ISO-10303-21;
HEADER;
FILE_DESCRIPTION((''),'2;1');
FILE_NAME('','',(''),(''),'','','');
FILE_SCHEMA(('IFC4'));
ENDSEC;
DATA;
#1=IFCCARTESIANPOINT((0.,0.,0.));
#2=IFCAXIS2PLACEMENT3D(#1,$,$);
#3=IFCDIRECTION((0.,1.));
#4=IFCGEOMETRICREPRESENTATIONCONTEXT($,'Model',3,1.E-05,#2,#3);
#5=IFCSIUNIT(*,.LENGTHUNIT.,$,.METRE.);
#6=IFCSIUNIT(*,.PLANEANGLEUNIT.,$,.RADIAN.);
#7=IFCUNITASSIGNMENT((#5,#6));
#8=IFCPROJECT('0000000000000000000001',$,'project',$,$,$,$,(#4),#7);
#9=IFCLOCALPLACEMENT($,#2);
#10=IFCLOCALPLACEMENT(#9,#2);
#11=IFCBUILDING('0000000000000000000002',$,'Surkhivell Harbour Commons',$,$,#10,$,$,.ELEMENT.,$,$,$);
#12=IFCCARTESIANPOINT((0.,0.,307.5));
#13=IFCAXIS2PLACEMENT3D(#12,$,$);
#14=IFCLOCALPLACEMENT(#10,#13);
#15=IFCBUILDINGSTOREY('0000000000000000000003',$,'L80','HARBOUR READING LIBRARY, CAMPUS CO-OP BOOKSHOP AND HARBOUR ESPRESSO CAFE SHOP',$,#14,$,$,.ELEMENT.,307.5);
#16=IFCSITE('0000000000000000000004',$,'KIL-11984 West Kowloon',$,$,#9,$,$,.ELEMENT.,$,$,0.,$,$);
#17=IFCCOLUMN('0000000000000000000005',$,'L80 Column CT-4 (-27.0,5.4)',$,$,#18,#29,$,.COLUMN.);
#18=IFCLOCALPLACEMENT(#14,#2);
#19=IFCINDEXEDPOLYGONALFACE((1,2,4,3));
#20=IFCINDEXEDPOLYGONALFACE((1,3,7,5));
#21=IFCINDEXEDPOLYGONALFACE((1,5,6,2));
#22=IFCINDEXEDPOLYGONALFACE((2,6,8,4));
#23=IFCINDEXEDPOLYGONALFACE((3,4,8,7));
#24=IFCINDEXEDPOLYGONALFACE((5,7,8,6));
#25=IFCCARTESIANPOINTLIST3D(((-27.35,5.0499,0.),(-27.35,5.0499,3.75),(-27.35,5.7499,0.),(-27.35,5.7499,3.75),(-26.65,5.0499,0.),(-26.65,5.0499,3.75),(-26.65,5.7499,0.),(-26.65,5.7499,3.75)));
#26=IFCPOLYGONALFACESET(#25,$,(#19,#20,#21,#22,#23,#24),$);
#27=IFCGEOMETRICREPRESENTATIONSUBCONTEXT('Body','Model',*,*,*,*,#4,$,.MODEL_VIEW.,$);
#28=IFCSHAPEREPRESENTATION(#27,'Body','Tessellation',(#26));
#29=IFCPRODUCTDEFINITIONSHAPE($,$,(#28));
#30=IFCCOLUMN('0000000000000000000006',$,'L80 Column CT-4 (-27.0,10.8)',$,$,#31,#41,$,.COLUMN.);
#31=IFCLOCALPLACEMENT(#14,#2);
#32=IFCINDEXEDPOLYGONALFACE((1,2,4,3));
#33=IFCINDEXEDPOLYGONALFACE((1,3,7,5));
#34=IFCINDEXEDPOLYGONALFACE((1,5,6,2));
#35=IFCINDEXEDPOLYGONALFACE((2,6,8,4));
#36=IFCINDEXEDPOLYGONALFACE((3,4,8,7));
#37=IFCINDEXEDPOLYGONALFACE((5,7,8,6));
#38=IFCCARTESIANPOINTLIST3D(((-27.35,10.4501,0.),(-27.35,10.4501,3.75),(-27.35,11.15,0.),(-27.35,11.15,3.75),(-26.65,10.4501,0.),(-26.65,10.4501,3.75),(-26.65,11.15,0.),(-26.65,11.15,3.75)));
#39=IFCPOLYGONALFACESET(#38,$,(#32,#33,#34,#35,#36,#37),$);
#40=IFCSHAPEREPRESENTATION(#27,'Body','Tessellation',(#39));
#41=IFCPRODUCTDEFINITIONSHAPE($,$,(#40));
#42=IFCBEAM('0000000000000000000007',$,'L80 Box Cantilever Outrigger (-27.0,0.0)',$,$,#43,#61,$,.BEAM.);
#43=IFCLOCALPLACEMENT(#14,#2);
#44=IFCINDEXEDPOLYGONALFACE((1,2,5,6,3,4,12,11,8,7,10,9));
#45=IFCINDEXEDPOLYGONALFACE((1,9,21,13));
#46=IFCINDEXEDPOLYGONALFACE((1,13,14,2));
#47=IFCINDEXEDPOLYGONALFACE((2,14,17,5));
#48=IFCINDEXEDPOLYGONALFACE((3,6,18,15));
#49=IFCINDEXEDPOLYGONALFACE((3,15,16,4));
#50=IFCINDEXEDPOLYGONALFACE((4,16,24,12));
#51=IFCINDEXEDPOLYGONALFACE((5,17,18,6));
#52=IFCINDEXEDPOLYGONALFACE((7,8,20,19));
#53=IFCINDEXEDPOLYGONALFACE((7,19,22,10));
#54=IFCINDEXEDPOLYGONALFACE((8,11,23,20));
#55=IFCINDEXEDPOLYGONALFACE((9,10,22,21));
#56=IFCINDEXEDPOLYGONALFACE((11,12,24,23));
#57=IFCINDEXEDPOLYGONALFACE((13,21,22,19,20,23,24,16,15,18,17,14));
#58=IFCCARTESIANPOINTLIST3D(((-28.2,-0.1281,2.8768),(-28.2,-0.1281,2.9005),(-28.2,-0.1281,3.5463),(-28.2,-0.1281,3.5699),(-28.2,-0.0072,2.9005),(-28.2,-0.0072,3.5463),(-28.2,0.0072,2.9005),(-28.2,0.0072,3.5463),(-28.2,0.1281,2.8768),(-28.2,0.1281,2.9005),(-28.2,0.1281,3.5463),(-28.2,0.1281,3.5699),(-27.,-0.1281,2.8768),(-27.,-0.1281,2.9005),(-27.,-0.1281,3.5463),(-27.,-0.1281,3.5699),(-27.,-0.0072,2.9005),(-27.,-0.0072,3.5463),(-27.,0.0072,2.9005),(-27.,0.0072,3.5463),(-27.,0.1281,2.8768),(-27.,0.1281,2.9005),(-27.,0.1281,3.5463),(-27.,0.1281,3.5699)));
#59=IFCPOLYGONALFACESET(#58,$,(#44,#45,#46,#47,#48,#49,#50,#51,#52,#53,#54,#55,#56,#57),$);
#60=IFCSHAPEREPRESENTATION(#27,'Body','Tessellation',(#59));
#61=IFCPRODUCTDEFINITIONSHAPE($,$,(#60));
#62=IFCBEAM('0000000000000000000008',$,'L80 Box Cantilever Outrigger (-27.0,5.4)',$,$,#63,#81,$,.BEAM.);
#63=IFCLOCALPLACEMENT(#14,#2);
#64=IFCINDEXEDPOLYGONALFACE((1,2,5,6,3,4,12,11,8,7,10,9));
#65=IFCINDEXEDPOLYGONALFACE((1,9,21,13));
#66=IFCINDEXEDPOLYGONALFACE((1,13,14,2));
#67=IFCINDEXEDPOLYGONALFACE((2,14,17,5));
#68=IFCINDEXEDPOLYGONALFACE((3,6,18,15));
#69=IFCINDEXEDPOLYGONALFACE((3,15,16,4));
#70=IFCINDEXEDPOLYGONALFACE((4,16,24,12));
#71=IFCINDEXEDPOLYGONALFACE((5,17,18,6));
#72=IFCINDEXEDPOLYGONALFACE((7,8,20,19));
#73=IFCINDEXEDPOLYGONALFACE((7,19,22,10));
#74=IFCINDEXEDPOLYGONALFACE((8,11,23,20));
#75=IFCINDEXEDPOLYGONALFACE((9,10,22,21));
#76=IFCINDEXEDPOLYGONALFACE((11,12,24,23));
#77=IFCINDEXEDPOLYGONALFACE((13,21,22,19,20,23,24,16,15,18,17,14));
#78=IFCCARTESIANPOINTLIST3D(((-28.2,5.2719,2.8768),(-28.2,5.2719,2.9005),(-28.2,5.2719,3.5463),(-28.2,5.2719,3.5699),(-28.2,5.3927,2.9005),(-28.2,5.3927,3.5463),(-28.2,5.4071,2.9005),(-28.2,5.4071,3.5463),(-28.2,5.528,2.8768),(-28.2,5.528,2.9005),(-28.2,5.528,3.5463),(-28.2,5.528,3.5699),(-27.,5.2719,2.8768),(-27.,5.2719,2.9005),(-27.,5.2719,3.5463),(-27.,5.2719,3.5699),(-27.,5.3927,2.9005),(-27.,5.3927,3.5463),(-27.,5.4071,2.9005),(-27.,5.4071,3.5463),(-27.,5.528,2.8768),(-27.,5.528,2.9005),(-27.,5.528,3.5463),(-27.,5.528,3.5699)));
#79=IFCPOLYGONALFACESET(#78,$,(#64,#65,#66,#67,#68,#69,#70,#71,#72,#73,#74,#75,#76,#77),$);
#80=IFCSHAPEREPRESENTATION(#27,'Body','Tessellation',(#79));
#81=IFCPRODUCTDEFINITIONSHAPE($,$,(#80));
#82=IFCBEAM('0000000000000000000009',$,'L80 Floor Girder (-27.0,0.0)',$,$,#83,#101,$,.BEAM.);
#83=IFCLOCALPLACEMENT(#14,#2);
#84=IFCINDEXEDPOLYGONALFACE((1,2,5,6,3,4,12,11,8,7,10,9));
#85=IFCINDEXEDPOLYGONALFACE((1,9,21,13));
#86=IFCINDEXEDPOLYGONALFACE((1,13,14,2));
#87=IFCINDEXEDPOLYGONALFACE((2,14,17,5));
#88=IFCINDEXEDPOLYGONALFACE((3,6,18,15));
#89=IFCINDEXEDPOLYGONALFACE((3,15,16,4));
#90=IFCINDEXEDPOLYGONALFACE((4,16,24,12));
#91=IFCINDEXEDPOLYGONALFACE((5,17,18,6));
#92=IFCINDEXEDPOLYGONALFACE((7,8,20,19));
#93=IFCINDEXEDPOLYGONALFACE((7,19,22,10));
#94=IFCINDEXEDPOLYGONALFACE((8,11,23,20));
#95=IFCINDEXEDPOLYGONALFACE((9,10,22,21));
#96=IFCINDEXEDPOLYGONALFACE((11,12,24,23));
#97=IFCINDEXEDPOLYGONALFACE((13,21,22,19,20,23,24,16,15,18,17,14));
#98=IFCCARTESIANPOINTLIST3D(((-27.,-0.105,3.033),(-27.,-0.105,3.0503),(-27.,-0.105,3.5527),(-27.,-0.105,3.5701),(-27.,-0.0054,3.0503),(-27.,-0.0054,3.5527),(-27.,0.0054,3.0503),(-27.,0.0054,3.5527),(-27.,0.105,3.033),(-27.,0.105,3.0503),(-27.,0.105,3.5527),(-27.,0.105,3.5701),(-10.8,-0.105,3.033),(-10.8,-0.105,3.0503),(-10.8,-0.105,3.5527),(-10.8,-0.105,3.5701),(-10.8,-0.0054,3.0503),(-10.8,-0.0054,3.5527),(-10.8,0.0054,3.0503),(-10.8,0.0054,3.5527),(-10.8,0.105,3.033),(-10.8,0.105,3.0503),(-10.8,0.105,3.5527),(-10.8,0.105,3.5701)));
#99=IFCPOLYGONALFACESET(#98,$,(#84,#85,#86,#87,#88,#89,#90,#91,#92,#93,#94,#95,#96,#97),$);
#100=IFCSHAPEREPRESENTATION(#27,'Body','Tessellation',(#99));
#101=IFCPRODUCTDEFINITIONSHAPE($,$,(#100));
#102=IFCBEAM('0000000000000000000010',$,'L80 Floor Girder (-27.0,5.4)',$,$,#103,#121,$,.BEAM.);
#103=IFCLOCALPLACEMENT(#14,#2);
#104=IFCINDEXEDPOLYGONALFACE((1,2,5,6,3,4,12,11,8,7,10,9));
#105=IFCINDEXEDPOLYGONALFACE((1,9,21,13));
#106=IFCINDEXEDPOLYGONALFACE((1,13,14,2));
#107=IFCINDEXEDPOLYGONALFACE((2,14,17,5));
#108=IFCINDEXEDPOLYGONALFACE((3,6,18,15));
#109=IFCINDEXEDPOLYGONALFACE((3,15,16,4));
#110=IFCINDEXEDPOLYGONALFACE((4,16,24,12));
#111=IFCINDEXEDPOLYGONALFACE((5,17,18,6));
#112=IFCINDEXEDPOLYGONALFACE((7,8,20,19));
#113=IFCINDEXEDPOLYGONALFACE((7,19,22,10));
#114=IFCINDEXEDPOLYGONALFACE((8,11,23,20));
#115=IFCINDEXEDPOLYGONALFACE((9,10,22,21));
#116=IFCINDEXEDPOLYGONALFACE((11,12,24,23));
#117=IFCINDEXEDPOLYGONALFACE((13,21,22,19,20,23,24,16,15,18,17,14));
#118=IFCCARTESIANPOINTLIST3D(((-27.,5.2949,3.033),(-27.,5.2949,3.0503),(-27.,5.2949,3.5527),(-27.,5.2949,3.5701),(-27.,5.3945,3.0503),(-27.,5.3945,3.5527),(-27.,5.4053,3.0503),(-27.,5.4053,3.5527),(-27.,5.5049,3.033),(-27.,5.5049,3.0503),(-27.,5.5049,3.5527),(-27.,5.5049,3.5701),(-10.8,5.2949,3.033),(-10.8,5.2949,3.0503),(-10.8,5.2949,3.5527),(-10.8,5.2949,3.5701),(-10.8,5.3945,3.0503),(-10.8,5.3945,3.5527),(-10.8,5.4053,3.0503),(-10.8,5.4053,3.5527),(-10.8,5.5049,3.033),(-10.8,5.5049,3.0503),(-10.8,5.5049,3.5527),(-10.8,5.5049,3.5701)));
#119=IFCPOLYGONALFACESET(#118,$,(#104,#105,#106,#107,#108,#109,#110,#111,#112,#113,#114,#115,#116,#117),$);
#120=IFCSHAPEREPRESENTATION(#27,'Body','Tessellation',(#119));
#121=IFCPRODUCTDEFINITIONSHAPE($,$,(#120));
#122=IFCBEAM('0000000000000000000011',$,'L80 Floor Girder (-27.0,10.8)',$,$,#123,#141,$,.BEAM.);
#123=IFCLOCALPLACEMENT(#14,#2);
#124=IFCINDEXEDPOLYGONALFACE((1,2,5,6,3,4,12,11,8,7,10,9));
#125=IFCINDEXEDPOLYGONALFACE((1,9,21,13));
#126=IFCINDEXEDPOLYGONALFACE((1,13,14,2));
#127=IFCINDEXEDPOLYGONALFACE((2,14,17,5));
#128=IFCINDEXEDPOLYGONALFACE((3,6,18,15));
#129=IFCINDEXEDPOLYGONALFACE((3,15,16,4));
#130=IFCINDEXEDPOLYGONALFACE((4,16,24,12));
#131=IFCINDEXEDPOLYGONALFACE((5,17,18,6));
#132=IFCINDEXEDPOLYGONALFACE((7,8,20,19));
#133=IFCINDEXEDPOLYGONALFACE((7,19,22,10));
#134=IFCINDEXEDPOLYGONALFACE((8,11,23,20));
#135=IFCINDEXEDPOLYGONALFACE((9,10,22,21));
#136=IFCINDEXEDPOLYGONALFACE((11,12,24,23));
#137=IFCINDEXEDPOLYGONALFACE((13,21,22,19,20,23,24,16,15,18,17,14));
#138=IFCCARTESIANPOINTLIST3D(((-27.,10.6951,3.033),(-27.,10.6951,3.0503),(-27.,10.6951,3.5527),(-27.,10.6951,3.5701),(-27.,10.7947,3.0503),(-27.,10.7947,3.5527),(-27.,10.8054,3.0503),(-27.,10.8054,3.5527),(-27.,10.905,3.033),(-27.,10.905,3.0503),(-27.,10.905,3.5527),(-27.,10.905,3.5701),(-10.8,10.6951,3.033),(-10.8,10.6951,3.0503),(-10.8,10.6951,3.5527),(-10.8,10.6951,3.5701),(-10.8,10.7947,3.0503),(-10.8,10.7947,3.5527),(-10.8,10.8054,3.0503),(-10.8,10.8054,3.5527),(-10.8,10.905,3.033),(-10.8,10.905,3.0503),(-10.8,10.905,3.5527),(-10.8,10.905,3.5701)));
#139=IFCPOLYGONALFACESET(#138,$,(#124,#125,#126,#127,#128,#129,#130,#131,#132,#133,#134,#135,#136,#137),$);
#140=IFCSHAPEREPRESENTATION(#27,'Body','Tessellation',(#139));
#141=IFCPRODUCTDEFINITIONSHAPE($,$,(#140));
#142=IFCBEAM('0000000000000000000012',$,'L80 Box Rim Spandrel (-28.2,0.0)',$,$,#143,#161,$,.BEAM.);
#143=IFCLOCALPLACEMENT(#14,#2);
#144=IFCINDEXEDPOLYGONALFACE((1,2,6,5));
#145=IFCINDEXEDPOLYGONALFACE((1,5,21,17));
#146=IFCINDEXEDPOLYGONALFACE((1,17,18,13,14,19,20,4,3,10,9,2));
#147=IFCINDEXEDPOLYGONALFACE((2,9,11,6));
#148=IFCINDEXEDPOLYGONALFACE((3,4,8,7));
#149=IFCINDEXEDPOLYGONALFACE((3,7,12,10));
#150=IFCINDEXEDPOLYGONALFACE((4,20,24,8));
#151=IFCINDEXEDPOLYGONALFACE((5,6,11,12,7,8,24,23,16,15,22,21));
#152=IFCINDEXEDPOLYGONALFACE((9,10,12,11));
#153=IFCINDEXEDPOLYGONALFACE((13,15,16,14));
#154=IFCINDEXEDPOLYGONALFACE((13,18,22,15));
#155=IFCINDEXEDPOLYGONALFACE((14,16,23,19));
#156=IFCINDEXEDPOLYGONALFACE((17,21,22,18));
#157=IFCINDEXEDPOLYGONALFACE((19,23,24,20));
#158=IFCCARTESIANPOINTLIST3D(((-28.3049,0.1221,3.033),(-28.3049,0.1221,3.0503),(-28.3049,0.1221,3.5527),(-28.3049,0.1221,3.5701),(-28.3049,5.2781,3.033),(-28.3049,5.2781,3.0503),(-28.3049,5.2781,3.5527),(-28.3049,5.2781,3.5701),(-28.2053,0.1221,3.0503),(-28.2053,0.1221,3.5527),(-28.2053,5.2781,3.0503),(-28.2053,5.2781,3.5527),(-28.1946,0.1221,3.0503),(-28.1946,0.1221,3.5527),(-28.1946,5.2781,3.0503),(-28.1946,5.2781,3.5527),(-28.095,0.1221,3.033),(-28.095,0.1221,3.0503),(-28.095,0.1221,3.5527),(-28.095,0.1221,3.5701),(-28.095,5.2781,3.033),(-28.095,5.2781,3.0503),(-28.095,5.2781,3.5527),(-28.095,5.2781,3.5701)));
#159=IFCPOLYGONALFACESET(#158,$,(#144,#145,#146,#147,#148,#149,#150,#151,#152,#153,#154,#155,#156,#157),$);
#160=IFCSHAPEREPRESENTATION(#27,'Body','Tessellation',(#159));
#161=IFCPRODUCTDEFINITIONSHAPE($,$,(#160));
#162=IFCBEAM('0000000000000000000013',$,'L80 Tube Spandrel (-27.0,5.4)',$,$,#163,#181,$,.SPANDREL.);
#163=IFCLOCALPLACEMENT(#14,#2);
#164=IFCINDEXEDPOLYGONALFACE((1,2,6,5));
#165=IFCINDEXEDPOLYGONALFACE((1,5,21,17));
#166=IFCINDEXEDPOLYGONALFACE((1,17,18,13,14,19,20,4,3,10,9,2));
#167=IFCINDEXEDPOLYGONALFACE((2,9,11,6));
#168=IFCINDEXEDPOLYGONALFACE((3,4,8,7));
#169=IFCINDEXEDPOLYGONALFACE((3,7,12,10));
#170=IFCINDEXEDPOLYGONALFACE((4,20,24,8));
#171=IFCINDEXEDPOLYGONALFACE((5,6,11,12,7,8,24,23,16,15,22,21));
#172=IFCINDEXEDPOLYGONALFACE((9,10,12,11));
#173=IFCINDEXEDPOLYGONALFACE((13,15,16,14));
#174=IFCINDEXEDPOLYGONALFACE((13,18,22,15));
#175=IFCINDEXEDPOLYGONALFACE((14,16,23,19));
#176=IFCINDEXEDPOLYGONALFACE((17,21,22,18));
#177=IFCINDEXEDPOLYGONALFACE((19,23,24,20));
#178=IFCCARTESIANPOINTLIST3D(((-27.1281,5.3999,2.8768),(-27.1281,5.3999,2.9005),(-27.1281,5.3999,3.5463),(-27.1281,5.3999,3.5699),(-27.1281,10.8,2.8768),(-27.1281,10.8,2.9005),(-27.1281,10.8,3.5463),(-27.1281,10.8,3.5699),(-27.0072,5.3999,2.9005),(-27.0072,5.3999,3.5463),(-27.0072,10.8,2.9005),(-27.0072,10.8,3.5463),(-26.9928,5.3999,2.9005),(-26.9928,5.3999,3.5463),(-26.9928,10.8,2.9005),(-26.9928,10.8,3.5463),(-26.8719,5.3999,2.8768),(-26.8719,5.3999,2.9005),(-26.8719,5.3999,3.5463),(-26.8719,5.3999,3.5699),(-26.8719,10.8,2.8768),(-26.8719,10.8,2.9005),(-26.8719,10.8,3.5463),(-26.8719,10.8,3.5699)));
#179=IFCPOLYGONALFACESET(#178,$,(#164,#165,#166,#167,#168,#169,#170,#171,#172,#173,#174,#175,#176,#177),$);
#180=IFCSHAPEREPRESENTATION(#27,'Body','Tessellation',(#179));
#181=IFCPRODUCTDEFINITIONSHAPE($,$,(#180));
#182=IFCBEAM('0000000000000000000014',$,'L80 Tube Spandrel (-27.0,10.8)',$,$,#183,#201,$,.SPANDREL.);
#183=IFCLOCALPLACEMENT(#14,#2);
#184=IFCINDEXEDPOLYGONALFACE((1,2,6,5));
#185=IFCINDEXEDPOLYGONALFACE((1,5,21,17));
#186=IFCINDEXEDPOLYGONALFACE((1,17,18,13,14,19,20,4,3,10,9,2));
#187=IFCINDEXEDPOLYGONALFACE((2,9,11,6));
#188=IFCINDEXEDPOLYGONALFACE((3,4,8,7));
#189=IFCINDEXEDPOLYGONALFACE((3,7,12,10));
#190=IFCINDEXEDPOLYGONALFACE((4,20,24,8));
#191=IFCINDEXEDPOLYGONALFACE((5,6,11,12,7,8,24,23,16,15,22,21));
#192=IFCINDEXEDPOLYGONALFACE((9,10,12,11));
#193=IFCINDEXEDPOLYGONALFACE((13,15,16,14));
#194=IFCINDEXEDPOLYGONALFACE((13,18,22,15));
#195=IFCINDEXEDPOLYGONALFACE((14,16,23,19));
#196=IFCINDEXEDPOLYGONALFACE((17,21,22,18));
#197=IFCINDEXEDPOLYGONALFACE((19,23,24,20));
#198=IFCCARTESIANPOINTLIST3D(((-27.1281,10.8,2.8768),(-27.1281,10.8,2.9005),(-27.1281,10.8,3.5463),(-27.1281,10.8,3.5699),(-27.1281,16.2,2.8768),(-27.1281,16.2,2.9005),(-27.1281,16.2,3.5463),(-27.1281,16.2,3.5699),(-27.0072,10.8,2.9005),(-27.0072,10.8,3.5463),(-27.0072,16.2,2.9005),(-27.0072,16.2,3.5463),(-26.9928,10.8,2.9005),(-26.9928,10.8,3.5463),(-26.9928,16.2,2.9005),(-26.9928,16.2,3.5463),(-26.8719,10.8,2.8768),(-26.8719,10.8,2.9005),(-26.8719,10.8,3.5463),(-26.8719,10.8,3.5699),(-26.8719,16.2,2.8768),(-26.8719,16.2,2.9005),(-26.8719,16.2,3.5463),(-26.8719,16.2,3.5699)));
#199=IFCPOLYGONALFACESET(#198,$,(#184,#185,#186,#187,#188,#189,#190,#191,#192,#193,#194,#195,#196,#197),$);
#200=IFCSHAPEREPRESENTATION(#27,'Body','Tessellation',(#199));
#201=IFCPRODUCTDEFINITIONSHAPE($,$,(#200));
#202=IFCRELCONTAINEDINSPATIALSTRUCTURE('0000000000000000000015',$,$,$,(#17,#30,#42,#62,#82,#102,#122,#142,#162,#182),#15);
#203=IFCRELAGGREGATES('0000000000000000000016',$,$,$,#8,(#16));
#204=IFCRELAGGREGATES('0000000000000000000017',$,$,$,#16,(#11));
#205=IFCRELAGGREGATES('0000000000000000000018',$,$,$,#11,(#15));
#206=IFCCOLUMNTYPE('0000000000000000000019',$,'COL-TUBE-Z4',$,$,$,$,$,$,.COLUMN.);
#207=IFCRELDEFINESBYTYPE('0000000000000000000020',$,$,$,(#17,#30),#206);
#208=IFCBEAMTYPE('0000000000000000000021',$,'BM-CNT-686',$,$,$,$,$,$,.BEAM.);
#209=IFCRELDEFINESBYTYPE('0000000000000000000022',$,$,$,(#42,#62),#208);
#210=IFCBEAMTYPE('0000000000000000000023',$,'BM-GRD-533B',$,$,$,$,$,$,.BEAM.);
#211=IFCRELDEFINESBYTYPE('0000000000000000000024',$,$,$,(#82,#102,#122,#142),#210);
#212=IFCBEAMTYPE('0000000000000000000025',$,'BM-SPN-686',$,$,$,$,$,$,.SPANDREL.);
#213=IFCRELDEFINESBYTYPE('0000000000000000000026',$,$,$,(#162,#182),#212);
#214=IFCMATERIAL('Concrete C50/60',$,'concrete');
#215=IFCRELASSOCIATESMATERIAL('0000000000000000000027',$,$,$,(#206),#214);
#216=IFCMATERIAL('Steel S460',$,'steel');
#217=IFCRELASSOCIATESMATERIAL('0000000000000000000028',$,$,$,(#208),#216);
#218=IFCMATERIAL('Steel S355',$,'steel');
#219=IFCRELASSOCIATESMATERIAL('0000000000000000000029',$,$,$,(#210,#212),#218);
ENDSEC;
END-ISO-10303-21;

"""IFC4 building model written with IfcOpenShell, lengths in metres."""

from ifc_helpers import new_model, si_unit, direction, frame, origin, origin_2d, place, context, subcontext, project, spatial, rectangle, i_section, extrude, material, material_profile, profile_set, type_object, element, save


model = new_model("IFC4")

# Units and contexts
model_context = context("Model", 3, precision=1e-05, world=origin(), true_north=direction((0.0, 1.0)))
body_context = subcontext(model_context, "Body", "Model", "MODEL_VIEW")
ifc_project = project(units=[si_unit("LENGTHUNIT", "METRE"), si_unit("PLANEANGLEUNIT", "RADIAN")], contexts=[model_context])

# Site, building, storey
site_placement = place(None, origin())
site = spatial("IfcSite", under=ifc_project, at=site_placement, Name="KIL-11984 West Kowloon", CompositionType="ELEMENT", RefElevation=0.0)
building_placement = place(site_placement, origin())
building = spatial("IfcBuilding", under=site, at=building_placement, Name="Surkhivell Harbour Commons", CompositionType="ELEMENT")
storey_placement = place(building_placement, frame((0.0, 0.0, 307.5)))
storey = spatial("IfcBuildingStorey", under=building, at=storey_placement, Name="L80", Description="HARBOUR READING LIBRARY, CAMPUS CO-OP BOOKSHOP AND HARBOUR ESPRESSO CAFE SHOP", CompositionType="ELEMENT", Elevation=307.5)

# Columns
ifc_material_1 = material(Name="Concrete C50/60", Category="concrete")
ifc_material_profile_1 = material_profile(ifc_material_1, rectangle(XDim=0.7, YDim=0.7, at=origin_2d()), Name="RC-COL-700x700")
ifc_profile_set_1 = profile_set([ifc_material_profile_1], Name="Concrete C50/60")
column_type = type_object("IfcColumnType", Name="COL-TUBE-Z4", PredefinedType="COLUMN", material=ifc_profile_set_1)
for number, where, z_axis, x_axis, name in (
    (1, (-27.0, 5.3999, 0.0), (0.0, 0.0, 1.0), (1.0, 0.0, 0.0), "L80 Column CT-4 (-27.0,5.4)"),
    (2, (-27.0, 10.8, 0.0), (0.0, 0.0, 1.0), (1.0, 0.0, 0.0), "L80 Column CT-4 (-27.0,10.8)"),
):
    element("IfcColumn", number, at=place(storey_placement, frame(where, z_axis=z_axis, x_axis=x_axis)), inside=storey, type_object=column_type, Name=name, PredefinedType="COLUMN", context=body_context, shape_type="SweptSolid", body=[
        extrude(rectangle(XDim=0.7, YDim=0.7, at=origin_2d()), origin(), (0.0, 0.0, 1.0), 3.75),
    ])

# Beams
ifc_material_2 = material(Name="Steel S460", Category="steel")
ifc_material_profile_2 = material_profile(ifc_material_2, i_section(OverallWidth=0.2561, OverallDepth=0.6931, WebThickness=0.0144, FlangeThickness=0.0237, at=origin_2d()), Name="UB686x254x170")
ifc_profile_set_2 = profile_set([ifc_material_profile_2], Name="Steel S460")
beam_type_1 = type_object("IfcBeamType", Name="BM-CNT-686", PredefinedType="BEAM", material=ifc_profile_set_2)
for number, where, z_axis, x_axis, name in (
    (3, (-27.0, 0.0, 3.2234), (-1.0, 0.0, 0.0), (0.0, -1.0, 0.0), "L80 Box Cantilever Outrigger (-27.0,0.0)"),
    (4, (-27.0, 5.3999, 3.2234), (-1.0, 0.0, 0.0), (0.0, -1.0, 0.0), "L80 Box Cantilever Outrigger (-27.0,5.4)"),
):
    element("IfcBeam", number, at=place(storey_placement, frame(where, z_axis=z_axis, x_axis=x_axis)), inside=storey, type_object=beam_type_1, Name=name, PredefinedType="BEAM", context=body_context, shape_type="SweptSolid", body=[
        extrude(i_section(OverallWidth=0.2561, OverallDepth=0.6931, WebThickness=0.0144, FlangeThickness=0.0237, at=origin_2d()), origin(), (0.0, 0.0, 1.0), 1.2),
    ])
ifc_material_3 = material(Name="Steel S355", Category="steel")
ifc_material_profile_3 = material_profile(ifc_material_3, i_section(OverallWidth=0.21, OverallDepth=0.5371, WebThickness=0.0107, FlangeThickness=0.0173, at=origin_2d()), Name="UB533x210x101")
ifc_profile_set_3 = profile_set([ifc_material_profile_3], Name="Steel S355")
beam_type_2 = type_object("IfcBeamType", Name="BM-GRD-533B", PredefinedType="BEAM", material=ifc_profile_set_3)
for number, where, z_axis, x_axis, name in (
    (5, (-27.0, 0.0, 3.3015), (1.0, 0.0, 0.0), (0.0, 1.0, 0.0), "L80 Floor Girder (-27.0,0.0)"),
    (6, (-27.0, 5.3999, 3.3015), (1.0, 0.0, 0.0), (0.0, 1.0, 0.0), "L80 Floor Girder (-27.0,5.4)"),
    (7, (-27.0, 10.8, 3.3015), (1.0, 0.0, 0.0), (0.0, 1.0, 0.0), "L80 Floor Girder (-27.0,10.8)"),
):
    element("IfcBeam", number, at=place(storey_placement, frame(where, z_axis=z_axis, x_axis=x_axis)), inside=storey, type_object=beam_type_2, Name=name, PredefinedType="BEAM", context=body_context, shape_type="SweptSolid", body=[
        extrude(i_section(OverallWidth=0.21, OverallDepth=0.5371, WebThickness=0.0107, FlangeThickness=0.0173, at=origin_2d()), origin(), (0.0, 0.0, 1.0), 16.2),
    ])
beam_1_placement = place(storey_placement, frame((-28.2, 0.1221, 3.3015), z_axis=(0.0, 1.0, 0.0), x_axis=(-1.0, 0.0, 0.0)))
element("IfcBeam", 8, at=beam_1_placement, inside=storey, type_object=beam_type_2, Name="L80 Box Rim Spandrel (-28.2,0.0)", PredefinedType="BEAM", context=body_context, shape_type="SweptSolid", body=[
    extrude(i_section(OverallWidth=0.21, OverallDepth=0.5371, WebThickness=0.0107, FlangeThickness=0.0173, at=origin_2d()), origin(), (0.0, 0.0, 1.0), 5.156),
])
ifc_material_profile_4 = material_profile(ifc_material_3, i_section(OverallWidth=0.2561, OverallDepth=0.6931, WebThickness=0.0144, FlangeThickness=0.0237, at=origin_2d()), Name="UB686x254x170")
ifc_profile_set_4 = profile_set([ifc_material_profile_4], Name="Steel S355")
beam_type_3 = type_object("IfcBeamType", Name="BM-SPN-686", PredefinedType="SPANDREL", material=ifc_profile_set_4)
beam_2_placement = place(storey_placement, frame((-27.0, 5.3999, 3.2234), z_axis=(0.0, 1.0, 0.0), x_axis=(-1.0, 0.0, 0.0)))
element("IfcBeam", 9, at=beam_2_placement, inside=storey, type_object=beam_type_3, Name="L80 Tube Spandrel (-27.0,5.4)", PredefinedType="SPANDREL", context=body_context, shape_type="SweptSolid", body=[
    extrude(i_section(OverallWidth=0.2561, OverallDepth=0.6931, WebThickness=0.0144, FlangeThickness=0.0237, at=origin_2d()), origin(), (0.0, 0.0, 1.0), 5.4001),
])
beam_3_placement = place(storey_placement, frame((-27.0, 10.8, 3.2234), z_axis=(0.0, 1.0, 0.0), x_axis=(-1.0, 0.0, 0.0)))
element("IfcBeam", 10, at=beam_3_placement, inside=storey, type_object=beam_type_3, Name="L80 Tube Spandrel (-27.0,10.8)", PredefinedType="SPANDREL", context=body_context, shape_type="SweptSolid", body=[
    extrude(i_section(OverallWidth=0.2561, OverallDepth=0.6931, WebThickness=0.0144, FlangeThickness=0.0237, at=origin_2d()), origin(), (0.0, 0.0, 1.0), 5.3999),
])

save(model, "model.ifc")
